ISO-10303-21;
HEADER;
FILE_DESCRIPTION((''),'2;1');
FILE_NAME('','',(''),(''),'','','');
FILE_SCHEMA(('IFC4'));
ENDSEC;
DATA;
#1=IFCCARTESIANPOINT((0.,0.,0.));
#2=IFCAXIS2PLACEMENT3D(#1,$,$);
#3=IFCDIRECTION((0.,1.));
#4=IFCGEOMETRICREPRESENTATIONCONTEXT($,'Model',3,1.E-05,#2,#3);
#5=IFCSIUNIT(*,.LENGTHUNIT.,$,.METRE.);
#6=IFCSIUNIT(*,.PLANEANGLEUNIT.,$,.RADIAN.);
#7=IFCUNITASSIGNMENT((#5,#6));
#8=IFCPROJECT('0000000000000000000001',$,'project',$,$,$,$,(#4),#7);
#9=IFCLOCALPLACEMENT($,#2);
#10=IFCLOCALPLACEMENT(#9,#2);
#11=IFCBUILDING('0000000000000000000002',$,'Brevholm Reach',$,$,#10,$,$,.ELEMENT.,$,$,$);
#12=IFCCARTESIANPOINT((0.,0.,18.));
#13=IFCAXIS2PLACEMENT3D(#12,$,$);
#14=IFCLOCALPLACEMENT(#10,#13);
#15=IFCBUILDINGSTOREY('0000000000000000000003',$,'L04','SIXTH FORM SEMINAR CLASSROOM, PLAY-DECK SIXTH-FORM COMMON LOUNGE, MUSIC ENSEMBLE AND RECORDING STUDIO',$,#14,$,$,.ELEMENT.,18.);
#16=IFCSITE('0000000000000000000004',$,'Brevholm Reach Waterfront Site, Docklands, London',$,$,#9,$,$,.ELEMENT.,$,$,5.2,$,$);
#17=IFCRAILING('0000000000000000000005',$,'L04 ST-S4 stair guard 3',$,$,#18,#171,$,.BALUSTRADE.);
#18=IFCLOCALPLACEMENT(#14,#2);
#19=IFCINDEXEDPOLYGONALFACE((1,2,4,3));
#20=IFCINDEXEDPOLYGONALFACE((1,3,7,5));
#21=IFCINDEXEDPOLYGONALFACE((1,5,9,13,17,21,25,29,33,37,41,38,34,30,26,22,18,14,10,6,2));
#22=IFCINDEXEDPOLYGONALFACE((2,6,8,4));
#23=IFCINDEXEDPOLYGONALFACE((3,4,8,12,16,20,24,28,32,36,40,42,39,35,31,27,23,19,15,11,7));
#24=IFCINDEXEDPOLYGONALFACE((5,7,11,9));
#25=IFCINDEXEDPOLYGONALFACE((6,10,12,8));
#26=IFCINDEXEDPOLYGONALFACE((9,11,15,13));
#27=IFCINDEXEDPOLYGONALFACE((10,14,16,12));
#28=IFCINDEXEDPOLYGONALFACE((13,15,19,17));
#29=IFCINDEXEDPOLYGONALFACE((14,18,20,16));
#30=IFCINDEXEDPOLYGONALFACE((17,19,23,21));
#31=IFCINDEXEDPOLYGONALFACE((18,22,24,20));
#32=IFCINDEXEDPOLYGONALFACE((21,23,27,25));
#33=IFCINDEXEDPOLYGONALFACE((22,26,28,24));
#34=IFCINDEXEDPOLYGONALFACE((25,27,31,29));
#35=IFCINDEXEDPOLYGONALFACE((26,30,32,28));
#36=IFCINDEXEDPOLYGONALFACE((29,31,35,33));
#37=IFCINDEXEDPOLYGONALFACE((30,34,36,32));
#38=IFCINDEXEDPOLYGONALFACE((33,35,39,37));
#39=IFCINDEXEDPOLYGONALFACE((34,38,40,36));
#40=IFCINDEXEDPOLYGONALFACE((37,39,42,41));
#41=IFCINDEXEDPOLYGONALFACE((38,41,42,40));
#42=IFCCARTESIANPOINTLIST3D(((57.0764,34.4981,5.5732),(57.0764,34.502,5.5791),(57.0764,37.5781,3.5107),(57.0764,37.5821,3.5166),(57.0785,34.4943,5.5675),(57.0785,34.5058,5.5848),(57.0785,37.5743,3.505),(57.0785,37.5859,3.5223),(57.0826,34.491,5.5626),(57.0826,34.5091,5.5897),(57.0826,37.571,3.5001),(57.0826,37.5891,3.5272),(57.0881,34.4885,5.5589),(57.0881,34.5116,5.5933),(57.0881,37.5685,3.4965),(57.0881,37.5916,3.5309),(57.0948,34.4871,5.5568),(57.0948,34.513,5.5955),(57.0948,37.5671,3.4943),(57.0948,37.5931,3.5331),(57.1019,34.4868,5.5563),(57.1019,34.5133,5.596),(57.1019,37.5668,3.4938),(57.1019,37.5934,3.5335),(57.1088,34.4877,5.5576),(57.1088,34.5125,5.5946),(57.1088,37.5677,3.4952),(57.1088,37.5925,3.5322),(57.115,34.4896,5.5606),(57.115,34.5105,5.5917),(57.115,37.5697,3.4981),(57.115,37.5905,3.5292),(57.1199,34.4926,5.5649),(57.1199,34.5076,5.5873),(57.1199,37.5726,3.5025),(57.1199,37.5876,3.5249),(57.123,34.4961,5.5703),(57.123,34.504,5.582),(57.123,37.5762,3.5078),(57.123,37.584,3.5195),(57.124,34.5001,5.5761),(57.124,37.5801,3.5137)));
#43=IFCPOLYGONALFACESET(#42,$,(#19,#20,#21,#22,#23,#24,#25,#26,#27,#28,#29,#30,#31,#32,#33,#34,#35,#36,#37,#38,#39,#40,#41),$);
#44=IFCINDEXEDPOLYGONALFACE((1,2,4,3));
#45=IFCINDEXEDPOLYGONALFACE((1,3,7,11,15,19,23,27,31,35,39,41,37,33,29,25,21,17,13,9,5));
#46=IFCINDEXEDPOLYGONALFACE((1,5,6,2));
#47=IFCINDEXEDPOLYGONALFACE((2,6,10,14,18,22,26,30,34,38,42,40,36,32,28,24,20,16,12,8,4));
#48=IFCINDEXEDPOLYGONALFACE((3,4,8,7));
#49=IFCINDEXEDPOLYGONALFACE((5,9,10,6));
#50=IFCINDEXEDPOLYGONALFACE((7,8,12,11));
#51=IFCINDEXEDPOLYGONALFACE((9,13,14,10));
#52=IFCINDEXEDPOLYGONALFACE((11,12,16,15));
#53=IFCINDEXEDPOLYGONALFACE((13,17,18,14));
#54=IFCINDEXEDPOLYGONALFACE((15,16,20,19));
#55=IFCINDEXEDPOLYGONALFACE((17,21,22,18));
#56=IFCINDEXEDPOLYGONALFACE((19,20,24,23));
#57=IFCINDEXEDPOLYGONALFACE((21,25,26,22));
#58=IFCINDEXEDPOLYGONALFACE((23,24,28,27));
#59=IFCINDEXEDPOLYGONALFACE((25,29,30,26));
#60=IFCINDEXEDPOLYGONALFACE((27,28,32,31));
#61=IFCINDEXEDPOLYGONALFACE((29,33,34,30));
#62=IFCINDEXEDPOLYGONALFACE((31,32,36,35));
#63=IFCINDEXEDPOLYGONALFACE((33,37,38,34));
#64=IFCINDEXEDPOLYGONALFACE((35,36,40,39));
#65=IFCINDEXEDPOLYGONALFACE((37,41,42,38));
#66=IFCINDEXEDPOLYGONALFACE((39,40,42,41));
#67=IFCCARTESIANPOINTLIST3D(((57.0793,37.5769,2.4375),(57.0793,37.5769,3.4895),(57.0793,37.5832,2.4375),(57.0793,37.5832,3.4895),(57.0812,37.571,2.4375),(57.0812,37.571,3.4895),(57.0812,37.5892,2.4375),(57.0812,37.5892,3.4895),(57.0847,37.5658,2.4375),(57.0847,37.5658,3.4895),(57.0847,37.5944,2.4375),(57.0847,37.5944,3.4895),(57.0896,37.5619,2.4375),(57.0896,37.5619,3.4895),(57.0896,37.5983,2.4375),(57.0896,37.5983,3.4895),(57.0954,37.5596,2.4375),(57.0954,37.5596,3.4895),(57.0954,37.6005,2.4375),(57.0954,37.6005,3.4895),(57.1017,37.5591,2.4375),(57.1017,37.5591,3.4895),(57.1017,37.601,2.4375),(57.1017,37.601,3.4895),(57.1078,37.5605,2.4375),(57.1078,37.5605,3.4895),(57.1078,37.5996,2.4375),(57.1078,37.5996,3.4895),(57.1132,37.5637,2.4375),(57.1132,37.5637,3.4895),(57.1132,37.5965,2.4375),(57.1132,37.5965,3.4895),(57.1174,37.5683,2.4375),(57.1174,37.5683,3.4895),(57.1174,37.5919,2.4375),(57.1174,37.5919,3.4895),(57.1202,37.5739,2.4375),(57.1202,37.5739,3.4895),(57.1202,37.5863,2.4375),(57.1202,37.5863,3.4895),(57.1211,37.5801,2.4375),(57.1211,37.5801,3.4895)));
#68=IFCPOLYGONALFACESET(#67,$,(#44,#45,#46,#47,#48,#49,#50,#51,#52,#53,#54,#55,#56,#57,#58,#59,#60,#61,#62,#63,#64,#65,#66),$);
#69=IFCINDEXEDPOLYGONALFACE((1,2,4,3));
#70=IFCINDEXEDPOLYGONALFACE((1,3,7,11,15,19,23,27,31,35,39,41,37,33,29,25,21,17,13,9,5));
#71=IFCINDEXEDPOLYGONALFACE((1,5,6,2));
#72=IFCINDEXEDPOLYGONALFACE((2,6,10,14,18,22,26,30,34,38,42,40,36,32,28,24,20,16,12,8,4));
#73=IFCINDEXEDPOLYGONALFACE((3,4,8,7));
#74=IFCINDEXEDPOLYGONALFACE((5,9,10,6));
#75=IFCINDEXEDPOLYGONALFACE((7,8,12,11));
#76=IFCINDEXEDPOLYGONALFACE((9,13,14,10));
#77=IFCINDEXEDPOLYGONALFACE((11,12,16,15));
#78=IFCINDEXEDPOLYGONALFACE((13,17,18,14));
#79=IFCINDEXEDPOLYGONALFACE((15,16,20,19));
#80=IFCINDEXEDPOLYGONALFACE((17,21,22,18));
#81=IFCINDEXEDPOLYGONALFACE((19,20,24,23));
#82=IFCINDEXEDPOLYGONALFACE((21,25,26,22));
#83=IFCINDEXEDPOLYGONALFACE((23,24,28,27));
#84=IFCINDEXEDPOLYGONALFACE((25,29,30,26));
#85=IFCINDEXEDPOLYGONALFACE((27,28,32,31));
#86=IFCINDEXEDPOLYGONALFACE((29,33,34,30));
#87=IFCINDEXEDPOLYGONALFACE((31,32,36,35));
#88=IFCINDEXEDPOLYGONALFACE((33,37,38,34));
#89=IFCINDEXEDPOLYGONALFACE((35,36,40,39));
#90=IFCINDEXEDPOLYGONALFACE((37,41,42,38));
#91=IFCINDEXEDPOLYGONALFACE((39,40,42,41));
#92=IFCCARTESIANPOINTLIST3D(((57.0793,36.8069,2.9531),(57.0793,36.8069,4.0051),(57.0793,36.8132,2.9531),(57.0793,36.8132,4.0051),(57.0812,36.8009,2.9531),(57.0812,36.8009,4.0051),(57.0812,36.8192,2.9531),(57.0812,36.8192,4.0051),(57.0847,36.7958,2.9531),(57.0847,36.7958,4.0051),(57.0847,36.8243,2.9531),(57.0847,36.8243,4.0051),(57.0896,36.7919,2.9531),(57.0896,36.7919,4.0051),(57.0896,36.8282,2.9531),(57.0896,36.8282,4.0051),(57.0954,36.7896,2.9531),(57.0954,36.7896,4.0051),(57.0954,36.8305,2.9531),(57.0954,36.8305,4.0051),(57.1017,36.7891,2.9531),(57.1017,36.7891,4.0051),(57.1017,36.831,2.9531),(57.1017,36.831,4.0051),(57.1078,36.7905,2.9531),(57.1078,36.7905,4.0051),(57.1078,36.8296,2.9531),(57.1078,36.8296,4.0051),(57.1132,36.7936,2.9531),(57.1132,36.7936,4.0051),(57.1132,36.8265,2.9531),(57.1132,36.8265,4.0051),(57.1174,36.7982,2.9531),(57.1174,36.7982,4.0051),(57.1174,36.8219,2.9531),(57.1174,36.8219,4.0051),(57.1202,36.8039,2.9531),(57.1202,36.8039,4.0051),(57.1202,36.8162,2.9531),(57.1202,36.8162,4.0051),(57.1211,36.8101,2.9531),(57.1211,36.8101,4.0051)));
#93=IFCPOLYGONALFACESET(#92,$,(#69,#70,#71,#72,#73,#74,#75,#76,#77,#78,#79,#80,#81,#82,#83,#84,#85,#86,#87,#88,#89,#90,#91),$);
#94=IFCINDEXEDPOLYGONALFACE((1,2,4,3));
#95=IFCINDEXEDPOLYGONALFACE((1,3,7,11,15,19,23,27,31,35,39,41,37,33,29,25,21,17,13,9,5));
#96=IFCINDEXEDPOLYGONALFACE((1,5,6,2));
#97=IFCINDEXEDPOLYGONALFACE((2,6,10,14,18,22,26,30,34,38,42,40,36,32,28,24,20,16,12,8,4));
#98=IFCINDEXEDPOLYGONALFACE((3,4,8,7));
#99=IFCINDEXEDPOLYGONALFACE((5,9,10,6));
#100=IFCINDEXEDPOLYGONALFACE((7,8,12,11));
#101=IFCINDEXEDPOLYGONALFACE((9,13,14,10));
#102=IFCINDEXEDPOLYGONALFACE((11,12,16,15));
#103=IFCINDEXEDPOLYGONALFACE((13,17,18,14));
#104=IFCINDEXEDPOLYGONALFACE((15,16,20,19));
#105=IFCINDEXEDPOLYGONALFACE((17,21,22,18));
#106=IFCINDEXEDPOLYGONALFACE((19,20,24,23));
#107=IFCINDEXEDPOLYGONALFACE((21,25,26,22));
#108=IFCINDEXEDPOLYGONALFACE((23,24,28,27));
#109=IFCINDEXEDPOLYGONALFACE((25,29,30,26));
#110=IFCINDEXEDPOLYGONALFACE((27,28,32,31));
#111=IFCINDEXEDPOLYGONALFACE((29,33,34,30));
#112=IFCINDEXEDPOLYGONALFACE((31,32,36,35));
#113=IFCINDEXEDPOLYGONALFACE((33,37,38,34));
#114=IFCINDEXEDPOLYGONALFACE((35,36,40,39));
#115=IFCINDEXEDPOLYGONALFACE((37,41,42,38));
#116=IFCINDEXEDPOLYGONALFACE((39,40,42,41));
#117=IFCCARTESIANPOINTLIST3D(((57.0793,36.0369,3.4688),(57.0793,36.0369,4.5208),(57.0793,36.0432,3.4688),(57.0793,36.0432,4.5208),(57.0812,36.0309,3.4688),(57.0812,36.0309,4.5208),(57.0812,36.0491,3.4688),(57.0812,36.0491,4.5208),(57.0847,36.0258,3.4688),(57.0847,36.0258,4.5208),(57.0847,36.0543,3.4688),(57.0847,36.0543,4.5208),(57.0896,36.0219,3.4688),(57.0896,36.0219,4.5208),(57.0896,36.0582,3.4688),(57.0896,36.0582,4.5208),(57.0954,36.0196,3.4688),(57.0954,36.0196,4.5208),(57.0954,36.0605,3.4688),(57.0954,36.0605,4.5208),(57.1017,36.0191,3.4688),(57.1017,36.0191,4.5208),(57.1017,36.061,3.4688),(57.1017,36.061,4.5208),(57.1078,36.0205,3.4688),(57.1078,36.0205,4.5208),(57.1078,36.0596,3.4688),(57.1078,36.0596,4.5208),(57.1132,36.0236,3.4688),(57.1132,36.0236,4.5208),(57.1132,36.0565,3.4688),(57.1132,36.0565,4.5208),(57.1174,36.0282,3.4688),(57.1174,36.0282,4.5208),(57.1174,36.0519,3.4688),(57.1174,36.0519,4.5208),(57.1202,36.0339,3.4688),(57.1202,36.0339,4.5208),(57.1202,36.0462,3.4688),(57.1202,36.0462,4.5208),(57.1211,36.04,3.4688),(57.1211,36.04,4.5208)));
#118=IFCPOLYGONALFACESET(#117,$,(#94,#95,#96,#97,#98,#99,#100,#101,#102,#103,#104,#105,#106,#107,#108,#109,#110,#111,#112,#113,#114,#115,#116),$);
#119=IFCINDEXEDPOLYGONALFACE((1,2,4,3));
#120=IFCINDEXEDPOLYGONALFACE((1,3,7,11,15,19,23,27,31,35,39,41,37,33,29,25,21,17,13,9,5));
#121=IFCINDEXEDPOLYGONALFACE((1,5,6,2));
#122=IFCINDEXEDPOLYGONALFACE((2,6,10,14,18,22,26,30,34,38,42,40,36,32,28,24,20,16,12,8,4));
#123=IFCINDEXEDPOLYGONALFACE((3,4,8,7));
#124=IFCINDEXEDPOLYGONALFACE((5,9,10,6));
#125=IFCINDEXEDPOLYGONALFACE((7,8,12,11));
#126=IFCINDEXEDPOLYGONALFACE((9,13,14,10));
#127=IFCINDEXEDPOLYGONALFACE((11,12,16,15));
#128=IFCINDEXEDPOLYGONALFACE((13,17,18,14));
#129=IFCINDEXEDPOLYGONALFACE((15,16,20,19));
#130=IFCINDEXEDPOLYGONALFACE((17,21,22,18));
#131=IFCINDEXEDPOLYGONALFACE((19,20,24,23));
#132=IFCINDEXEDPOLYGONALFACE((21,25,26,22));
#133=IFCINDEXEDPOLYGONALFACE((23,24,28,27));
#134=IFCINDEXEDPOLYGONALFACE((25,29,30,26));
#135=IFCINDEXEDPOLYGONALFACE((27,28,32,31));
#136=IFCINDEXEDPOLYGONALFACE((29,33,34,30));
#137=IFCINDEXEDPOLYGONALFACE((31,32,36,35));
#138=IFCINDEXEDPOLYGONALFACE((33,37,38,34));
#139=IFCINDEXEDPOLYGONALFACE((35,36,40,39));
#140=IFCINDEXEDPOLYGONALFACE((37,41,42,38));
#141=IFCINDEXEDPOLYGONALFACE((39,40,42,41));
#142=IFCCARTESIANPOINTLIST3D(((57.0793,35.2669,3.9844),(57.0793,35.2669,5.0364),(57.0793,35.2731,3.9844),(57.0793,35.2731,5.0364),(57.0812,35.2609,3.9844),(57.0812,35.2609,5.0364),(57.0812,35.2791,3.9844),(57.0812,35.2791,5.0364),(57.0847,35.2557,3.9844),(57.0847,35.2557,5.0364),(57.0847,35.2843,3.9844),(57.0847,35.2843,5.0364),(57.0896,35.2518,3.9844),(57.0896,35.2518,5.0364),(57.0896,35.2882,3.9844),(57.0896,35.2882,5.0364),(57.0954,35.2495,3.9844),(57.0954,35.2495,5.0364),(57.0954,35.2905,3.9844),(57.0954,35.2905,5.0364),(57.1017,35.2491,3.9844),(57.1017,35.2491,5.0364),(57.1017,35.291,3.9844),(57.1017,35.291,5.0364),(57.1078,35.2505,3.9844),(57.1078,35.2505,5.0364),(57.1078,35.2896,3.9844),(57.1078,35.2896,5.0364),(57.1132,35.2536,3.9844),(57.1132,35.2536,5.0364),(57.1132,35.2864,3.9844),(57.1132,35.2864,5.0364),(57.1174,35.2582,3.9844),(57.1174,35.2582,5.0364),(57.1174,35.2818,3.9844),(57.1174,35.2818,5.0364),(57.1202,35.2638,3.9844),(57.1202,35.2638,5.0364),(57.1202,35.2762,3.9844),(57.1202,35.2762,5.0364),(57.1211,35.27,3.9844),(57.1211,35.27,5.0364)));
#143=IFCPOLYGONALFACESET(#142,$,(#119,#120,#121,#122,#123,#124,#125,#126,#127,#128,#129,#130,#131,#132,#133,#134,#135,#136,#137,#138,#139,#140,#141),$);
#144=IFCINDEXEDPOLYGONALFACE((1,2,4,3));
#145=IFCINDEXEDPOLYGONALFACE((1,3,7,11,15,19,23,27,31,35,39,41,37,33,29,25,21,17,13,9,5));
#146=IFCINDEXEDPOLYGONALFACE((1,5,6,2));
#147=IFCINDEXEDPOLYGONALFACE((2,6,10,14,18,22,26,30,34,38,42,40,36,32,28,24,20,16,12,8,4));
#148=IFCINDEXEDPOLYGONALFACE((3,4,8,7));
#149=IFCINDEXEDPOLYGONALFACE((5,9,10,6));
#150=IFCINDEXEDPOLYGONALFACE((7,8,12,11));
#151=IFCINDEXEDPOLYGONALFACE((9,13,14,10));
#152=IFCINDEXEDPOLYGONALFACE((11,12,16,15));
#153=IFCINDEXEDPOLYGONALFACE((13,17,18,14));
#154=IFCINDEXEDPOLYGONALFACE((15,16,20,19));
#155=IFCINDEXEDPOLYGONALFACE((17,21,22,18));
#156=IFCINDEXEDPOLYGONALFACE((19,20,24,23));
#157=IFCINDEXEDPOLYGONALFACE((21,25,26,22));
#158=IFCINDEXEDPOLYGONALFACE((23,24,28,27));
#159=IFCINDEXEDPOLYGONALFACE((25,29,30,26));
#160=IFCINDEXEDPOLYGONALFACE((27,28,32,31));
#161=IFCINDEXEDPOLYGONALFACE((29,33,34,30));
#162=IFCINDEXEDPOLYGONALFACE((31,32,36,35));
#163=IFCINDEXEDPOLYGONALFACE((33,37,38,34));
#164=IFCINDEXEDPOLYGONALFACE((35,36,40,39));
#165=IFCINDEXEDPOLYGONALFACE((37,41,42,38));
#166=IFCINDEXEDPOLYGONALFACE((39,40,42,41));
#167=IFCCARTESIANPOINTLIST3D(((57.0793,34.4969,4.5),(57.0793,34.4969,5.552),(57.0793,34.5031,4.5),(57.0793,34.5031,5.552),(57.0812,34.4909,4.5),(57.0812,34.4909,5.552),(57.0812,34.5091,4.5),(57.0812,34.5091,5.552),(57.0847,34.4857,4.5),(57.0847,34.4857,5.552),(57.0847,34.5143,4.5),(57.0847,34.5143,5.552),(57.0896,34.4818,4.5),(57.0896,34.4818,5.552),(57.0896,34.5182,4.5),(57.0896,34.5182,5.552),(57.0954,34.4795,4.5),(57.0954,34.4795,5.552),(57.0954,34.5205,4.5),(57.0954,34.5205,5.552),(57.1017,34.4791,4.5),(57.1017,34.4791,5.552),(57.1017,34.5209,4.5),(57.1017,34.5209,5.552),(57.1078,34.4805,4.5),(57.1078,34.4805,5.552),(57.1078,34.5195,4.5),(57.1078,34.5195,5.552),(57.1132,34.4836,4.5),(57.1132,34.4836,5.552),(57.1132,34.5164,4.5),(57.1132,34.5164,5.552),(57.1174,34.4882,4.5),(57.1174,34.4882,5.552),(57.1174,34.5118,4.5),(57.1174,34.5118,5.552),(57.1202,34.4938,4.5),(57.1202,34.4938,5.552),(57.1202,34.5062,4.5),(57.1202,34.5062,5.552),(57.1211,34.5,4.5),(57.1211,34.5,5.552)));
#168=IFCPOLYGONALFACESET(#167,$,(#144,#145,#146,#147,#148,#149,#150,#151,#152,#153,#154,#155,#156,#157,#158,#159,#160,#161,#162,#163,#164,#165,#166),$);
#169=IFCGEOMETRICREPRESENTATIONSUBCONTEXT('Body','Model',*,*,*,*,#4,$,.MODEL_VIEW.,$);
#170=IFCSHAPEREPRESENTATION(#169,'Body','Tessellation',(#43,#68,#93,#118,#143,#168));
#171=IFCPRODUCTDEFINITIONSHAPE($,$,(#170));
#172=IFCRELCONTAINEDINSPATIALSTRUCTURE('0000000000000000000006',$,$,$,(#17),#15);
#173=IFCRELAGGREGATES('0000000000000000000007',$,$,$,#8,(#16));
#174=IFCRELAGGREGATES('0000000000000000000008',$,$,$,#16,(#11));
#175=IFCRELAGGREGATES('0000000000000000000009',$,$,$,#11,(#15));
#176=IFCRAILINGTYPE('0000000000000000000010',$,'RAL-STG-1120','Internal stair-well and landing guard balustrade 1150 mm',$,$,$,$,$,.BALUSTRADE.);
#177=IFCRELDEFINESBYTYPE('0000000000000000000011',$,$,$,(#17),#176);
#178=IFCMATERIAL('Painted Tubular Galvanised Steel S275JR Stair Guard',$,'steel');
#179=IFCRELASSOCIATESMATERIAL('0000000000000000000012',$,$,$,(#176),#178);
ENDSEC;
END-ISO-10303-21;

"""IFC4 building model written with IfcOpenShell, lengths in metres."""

from ifc_helpers import new_model, si_unit, direction, frame, origin, origin_2d, place, context, subcontext, project, spatial, circle, extrude, material, type_object, element, save


model = new_model("IFC4")

# Units and contexts
model_context = context("Model", 3, precision=1e-05, world=origin(), true_north=direction((0.0, 1.0)))
body_context = subcontext(model_context, "Body", "Model", "MODEL_VIEW")
ifc_project = project(units=[si_unit("LENGTHUNIT", "METRE"), si_unit("PLANEANGLEUNIT", "RADIAN")], contexts=[model_context])

# Site, building, storey
site_placement = place(None, origin())
site = spatial("IfcSite", under=ifc_project, at=site_placement, Name="Brevholm Reach Waterfront Site, Docklands, London", CompositionType="ELEMENT", RefElevation=5.2)
building_placement = place(site_placement, origin())
building = spatial("IfcBuilding", under=site, at=building_placement, Name="Brevholm Reach", CompositionType="ELEMENT")
storey_placement = place(building_placement, frame((0.0, 0.0, 18.0)))
storey = spatial("IfcBuildingStorey", under=building, at=storey_placement, Name="L04", Description="SIXTH FORM SEMINAR CLASSROOM, PLAY-DECK SIXTH-FORM COMMON LOUNGE, MUSIC ENSEMBLE AND RECORDING STUDIO", CompositionType="ELEMENT", Elevation=18.0)

# Railing
ifc_material_1 = material(Name="Painted Tubular Galvanised Steel S275JR Stair Guard", Category="steel")
railing_type_1 = type_object("IfcRailingType", Name="RAL-STG-1120", Description="Internal stair-well and landing guard balustrade 1150 mm", PredefinedType="BALUSTRADE", material=ifc_material_1)
railing_1_placement = place(storey_placement, frame((57.1001, 37.5801, 2.4375)))
element("IfcRailing", 1, at=railing_1_placement, inside=storey, type_object=railing_type_1, Name="L04 ST-S4 stair guard 3", PredefinedType="BALUSTRADE", context=body_context, shape_type="SweptSolid", body=[
    extrude(circle(Radius=0.0239, at=origin_2d()), frame((0.0, 0.0, 1.0762), z_axis=(0.0, -0.830914, 0.556401), x_axis=(1.0, 0.0, 0.0)), (0.0, 0.0, 1.0), 3.7068),
    extrude(circle(Radius=0.021, at=origin_2d()), origin(), (0.0, 0.0, 1.0), 1.052),
    extrude(circle(Radius=0.021, at=origin_2d()), frame((0.0, -0.77, 0.5156)), (0.0, 0.0, 1.0), 1.052),
    extrude(circle(Radius=0.021, at=origin_2d()), frame((0.0, -1.54, 1.0312)), (0.0, 0.0, 1.0), 1.052),
    extrude(circle(Radius=0.021, at=origin_2d()), frame((0.0, -2.3101, 1.5469)), (0.0, 0.0, 1.0), 1.052),
    extrude(circle(Radius=0.021, at=origin_2d()), frame((0.0, -3.0801, 2.0625)), (0.0, 0.0, 1.0), 1.052),
])

save(model, "model.ifc")
